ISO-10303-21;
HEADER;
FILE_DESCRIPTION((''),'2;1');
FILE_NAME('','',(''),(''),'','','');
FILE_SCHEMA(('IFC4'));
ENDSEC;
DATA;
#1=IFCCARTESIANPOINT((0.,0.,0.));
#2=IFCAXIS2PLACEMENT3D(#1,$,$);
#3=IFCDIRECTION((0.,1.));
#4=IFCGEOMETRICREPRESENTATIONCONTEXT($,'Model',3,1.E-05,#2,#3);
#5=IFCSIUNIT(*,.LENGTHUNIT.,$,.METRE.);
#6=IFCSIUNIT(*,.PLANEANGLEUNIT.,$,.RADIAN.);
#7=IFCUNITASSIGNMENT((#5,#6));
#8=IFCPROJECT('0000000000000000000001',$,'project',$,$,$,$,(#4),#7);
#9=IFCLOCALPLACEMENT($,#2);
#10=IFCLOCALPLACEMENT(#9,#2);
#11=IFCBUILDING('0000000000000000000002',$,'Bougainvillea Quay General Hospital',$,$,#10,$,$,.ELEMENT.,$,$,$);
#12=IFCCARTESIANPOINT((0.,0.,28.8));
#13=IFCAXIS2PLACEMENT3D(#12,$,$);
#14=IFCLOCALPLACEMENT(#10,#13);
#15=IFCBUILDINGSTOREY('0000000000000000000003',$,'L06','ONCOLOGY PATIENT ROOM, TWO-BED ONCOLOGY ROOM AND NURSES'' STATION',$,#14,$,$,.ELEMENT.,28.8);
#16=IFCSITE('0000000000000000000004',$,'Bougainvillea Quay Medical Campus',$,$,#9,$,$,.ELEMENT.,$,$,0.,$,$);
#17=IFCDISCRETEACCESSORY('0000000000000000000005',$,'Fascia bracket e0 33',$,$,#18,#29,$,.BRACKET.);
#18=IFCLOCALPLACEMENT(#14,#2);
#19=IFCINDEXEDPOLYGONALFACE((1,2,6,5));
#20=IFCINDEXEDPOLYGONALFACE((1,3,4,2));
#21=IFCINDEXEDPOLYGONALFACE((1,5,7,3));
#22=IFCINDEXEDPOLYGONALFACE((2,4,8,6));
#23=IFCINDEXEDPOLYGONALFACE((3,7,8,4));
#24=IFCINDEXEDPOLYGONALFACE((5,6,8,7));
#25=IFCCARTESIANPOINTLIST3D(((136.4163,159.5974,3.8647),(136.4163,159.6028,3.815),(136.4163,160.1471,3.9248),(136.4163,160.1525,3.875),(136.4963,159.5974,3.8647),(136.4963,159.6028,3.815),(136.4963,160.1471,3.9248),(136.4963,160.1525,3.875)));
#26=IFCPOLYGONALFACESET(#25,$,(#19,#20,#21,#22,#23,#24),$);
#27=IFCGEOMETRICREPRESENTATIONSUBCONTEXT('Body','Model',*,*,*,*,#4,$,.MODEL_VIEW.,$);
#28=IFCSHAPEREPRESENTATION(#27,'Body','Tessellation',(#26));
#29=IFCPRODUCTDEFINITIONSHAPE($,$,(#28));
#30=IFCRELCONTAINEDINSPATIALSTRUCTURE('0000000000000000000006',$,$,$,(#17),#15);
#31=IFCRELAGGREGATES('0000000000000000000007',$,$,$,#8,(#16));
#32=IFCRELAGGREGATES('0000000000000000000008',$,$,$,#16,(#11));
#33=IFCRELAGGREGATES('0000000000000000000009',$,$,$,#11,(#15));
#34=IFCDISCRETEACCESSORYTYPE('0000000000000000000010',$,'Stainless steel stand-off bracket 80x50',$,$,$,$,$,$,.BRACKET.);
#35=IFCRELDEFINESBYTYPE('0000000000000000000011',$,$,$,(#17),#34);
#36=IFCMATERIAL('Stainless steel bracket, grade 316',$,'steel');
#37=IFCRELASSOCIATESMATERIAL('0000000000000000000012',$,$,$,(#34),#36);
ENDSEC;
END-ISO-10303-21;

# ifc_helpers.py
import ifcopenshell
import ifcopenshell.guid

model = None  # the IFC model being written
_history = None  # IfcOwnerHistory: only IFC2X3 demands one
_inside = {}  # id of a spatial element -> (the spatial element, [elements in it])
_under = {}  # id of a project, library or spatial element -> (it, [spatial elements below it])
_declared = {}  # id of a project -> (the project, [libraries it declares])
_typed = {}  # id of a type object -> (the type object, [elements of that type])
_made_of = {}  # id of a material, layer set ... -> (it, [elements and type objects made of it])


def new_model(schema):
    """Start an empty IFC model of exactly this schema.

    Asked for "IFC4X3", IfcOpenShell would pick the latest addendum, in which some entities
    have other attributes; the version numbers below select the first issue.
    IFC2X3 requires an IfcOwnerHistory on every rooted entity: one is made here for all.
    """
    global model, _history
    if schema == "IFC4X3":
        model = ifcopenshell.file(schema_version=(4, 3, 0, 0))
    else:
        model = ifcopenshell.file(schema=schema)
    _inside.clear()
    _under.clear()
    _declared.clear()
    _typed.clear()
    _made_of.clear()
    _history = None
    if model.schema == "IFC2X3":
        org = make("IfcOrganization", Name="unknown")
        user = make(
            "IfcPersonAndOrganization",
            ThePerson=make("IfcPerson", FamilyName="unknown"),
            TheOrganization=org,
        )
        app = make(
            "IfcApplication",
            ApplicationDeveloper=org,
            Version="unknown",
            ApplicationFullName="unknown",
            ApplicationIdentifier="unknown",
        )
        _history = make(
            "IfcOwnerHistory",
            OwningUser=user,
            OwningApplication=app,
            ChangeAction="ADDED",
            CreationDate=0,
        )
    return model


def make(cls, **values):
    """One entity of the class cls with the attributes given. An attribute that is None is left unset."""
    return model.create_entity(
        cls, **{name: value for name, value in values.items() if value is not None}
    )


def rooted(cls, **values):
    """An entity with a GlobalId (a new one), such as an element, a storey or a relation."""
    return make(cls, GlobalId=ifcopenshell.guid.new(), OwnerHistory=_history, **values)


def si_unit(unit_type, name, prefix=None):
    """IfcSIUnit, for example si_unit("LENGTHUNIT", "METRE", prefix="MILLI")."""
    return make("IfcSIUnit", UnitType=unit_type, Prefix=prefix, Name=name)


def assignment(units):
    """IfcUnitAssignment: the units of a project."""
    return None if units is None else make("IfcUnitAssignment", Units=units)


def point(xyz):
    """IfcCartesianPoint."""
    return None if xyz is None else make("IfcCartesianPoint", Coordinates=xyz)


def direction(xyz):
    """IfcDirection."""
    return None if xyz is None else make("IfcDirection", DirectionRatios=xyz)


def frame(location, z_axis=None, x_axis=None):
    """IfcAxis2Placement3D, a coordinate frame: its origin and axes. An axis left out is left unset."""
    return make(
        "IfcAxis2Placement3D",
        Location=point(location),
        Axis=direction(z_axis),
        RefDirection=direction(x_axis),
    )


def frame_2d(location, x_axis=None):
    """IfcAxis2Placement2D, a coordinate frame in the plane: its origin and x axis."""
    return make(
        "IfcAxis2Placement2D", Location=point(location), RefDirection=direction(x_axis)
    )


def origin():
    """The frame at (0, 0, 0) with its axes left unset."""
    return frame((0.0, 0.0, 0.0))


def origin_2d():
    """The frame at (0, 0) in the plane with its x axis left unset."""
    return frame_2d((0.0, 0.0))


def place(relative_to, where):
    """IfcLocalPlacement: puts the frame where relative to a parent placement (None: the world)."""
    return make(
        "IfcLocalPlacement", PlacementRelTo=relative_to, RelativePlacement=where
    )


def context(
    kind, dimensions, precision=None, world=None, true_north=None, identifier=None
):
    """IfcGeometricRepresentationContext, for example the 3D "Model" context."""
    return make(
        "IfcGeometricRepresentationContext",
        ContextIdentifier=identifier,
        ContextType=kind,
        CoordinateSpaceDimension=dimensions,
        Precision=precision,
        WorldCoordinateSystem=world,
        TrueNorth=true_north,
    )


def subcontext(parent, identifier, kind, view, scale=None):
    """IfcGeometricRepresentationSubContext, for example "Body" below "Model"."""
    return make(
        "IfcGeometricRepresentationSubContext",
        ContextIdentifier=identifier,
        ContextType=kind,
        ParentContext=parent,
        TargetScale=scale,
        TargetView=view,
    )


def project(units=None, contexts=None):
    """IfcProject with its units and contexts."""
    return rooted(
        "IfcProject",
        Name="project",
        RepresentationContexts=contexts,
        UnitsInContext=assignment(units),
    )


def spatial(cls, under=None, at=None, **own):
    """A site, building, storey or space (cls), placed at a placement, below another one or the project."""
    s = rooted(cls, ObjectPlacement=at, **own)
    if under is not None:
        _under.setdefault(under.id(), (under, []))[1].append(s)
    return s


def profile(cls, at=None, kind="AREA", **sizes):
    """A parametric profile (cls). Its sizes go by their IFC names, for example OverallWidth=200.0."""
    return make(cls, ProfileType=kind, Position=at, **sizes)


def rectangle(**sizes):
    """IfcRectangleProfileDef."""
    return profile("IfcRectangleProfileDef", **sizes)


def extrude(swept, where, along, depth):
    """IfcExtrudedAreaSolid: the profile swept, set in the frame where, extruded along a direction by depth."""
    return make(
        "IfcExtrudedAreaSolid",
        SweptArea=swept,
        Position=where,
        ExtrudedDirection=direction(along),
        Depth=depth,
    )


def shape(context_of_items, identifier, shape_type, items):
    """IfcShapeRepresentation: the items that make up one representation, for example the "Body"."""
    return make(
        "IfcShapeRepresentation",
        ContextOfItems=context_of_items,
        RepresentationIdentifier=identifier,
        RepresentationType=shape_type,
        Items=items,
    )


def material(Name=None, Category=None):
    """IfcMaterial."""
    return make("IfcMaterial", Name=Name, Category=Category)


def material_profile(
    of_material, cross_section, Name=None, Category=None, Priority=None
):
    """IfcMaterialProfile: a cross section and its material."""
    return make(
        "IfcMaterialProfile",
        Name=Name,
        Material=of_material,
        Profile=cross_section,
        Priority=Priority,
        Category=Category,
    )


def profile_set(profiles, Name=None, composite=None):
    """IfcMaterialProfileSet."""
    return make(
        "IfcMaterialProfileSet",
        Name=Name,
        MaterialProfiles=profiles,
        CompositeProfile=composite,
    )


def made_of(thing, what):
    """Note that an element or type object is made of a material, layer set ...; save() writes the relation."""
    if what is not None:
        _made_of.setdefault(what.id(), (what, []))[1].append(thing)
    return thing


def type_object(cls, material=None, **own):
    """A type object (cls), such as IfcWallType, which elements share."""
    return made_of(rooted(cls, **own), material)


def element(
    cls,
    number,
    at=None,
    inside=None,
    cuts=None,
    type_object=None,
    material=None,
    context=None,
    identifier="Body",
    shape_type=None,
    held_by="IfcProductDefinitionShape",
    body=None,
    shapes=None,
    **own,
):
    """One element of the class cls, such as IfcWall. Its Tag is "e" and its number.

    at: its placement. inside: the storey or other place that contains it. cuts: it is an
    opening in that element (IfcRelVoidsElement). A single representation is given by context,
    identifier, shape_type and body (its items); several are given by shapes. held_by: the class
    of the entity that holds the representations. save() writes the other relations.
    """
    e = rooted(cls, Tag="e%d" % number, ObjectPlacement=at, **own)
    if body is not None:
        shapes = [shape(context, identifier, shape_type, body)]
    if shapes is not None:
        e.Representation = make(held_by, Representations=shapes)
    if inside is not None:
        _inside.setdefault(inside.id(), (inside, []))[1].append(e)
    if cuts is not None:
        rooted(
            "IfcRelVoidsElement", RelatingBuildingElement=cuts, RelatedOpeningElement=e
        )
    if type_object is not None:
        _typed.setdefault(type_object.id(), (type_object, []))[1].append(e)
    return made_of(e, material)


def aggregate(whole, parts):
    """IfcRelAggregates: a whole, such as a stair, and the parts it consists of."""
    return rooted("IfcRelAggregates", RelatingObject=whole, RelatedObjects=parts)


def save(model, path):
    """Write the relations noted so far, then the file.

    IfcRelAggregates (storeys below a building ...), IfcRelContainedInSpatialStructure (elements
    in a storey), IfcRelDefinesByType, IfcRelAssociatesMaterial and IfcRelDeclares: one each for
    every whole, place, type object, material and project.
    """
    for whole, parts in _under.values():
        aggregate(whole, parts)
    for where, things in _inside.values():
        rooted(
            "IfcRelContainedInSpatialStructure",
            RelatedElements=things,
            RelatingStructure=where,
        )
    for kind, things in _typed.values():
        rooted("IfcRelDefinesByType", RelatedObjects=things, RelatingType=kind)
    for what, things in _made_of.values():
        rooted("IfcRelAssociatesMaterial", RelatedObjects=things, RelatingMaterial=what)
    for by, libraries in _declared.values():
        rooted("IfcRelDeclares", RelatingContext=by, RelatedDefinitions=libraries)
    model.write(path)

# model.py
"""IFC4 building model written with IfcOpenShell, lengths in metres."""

from ifc_helpers import new_model, si_unit, direction, frame, origin, origin_2d, place, context, subcontext, project, spatial, rectangle, extrude, material, material_profile, profile_set, type_object, element, save


model = new_model("IFC4")

# Units and contexts
model_context = context("Model", 3, precision=1e-05, world=origin(), true_north=direction((0.0, 1.0)))
body_context = subcontext(model_context, "Body", "Model", "MODEL_VIEW")
ifc_project = project(units=[si_unit("LENGTHUNIT", "METRE"), si_unit("PLANEANGLEUNIT", "RADIAN")], contexts=[model_context])

# Site, building, storey
site_placement = place(None, origin())
site = spatial("IfcSite", under=ifc_project, at=site_placement, Name="Bougainvillea Quay Medical Campus", CompositionType="ELEMENT", RefElevation=0.0)
building_placement = place(site_placement, origin())
building = spatial("IfcBuilding", under=site, at=building_placement, Name="Bougainvillea Quay General Hospital", CompositionType="ELEMENT")
storey_placement = place(building_placement, frame((0.0, 0.0, 28.8)))
storey = spatial("IfcBuildingStorey", under=building, at=storey_placement, Name="L06", Description="ONCOLOGY PATIENT ROOM, TWO-BED ONCOLOGY ROOM AND NURSES' STATION", CompositionType="ELEMENT", Elevation=28.8)

# Discrete accessory
ifc_material_1 = material(Name="Stainless steel bracket, grade 316", Category="steel")
ifc_material_profile_1 = material_profile(ifc_material_1, rectangle(XDim=0.0801, YDim=0.05, at=origin_2d()))
ifc_profile_set_1 = profile_set([ifc_material_profile_1], Name="Stainless steel bracket, grade 316")
discrete_accessory_type = type_object("IfcDiscreteAccessoryType", Name="Stainless steel stand-off bracket 80x50", PredefinedType="BRACKET", material=ifc_profile_set_1)
for number, where, z_axis, x_axis, name in (
    (1, (136.4563, 159.6001, 3.8398), (0.0, 0.994087, 0.10859), (-1.0, 0.0, 0.0), "Fascia bracket e0 33"),
):
    element("IfcDiscreteAccessory", number, at=place(storey_placement, frame(where, z_axis=z_axis, x_axis=x_axis)), inside=storey, type_object=discrete_accessory_type, Name=name, PredefinedType="BRACKET", context=body_context, shape_type="SweptSolid", body=[
        extrude(rectangle(XDim=0.0801, YDim=0.05, at=origin_2d()), origin(), (0.0, 0.0, 1.0), 0.553),
    ])

save(model, "model.ifc")
